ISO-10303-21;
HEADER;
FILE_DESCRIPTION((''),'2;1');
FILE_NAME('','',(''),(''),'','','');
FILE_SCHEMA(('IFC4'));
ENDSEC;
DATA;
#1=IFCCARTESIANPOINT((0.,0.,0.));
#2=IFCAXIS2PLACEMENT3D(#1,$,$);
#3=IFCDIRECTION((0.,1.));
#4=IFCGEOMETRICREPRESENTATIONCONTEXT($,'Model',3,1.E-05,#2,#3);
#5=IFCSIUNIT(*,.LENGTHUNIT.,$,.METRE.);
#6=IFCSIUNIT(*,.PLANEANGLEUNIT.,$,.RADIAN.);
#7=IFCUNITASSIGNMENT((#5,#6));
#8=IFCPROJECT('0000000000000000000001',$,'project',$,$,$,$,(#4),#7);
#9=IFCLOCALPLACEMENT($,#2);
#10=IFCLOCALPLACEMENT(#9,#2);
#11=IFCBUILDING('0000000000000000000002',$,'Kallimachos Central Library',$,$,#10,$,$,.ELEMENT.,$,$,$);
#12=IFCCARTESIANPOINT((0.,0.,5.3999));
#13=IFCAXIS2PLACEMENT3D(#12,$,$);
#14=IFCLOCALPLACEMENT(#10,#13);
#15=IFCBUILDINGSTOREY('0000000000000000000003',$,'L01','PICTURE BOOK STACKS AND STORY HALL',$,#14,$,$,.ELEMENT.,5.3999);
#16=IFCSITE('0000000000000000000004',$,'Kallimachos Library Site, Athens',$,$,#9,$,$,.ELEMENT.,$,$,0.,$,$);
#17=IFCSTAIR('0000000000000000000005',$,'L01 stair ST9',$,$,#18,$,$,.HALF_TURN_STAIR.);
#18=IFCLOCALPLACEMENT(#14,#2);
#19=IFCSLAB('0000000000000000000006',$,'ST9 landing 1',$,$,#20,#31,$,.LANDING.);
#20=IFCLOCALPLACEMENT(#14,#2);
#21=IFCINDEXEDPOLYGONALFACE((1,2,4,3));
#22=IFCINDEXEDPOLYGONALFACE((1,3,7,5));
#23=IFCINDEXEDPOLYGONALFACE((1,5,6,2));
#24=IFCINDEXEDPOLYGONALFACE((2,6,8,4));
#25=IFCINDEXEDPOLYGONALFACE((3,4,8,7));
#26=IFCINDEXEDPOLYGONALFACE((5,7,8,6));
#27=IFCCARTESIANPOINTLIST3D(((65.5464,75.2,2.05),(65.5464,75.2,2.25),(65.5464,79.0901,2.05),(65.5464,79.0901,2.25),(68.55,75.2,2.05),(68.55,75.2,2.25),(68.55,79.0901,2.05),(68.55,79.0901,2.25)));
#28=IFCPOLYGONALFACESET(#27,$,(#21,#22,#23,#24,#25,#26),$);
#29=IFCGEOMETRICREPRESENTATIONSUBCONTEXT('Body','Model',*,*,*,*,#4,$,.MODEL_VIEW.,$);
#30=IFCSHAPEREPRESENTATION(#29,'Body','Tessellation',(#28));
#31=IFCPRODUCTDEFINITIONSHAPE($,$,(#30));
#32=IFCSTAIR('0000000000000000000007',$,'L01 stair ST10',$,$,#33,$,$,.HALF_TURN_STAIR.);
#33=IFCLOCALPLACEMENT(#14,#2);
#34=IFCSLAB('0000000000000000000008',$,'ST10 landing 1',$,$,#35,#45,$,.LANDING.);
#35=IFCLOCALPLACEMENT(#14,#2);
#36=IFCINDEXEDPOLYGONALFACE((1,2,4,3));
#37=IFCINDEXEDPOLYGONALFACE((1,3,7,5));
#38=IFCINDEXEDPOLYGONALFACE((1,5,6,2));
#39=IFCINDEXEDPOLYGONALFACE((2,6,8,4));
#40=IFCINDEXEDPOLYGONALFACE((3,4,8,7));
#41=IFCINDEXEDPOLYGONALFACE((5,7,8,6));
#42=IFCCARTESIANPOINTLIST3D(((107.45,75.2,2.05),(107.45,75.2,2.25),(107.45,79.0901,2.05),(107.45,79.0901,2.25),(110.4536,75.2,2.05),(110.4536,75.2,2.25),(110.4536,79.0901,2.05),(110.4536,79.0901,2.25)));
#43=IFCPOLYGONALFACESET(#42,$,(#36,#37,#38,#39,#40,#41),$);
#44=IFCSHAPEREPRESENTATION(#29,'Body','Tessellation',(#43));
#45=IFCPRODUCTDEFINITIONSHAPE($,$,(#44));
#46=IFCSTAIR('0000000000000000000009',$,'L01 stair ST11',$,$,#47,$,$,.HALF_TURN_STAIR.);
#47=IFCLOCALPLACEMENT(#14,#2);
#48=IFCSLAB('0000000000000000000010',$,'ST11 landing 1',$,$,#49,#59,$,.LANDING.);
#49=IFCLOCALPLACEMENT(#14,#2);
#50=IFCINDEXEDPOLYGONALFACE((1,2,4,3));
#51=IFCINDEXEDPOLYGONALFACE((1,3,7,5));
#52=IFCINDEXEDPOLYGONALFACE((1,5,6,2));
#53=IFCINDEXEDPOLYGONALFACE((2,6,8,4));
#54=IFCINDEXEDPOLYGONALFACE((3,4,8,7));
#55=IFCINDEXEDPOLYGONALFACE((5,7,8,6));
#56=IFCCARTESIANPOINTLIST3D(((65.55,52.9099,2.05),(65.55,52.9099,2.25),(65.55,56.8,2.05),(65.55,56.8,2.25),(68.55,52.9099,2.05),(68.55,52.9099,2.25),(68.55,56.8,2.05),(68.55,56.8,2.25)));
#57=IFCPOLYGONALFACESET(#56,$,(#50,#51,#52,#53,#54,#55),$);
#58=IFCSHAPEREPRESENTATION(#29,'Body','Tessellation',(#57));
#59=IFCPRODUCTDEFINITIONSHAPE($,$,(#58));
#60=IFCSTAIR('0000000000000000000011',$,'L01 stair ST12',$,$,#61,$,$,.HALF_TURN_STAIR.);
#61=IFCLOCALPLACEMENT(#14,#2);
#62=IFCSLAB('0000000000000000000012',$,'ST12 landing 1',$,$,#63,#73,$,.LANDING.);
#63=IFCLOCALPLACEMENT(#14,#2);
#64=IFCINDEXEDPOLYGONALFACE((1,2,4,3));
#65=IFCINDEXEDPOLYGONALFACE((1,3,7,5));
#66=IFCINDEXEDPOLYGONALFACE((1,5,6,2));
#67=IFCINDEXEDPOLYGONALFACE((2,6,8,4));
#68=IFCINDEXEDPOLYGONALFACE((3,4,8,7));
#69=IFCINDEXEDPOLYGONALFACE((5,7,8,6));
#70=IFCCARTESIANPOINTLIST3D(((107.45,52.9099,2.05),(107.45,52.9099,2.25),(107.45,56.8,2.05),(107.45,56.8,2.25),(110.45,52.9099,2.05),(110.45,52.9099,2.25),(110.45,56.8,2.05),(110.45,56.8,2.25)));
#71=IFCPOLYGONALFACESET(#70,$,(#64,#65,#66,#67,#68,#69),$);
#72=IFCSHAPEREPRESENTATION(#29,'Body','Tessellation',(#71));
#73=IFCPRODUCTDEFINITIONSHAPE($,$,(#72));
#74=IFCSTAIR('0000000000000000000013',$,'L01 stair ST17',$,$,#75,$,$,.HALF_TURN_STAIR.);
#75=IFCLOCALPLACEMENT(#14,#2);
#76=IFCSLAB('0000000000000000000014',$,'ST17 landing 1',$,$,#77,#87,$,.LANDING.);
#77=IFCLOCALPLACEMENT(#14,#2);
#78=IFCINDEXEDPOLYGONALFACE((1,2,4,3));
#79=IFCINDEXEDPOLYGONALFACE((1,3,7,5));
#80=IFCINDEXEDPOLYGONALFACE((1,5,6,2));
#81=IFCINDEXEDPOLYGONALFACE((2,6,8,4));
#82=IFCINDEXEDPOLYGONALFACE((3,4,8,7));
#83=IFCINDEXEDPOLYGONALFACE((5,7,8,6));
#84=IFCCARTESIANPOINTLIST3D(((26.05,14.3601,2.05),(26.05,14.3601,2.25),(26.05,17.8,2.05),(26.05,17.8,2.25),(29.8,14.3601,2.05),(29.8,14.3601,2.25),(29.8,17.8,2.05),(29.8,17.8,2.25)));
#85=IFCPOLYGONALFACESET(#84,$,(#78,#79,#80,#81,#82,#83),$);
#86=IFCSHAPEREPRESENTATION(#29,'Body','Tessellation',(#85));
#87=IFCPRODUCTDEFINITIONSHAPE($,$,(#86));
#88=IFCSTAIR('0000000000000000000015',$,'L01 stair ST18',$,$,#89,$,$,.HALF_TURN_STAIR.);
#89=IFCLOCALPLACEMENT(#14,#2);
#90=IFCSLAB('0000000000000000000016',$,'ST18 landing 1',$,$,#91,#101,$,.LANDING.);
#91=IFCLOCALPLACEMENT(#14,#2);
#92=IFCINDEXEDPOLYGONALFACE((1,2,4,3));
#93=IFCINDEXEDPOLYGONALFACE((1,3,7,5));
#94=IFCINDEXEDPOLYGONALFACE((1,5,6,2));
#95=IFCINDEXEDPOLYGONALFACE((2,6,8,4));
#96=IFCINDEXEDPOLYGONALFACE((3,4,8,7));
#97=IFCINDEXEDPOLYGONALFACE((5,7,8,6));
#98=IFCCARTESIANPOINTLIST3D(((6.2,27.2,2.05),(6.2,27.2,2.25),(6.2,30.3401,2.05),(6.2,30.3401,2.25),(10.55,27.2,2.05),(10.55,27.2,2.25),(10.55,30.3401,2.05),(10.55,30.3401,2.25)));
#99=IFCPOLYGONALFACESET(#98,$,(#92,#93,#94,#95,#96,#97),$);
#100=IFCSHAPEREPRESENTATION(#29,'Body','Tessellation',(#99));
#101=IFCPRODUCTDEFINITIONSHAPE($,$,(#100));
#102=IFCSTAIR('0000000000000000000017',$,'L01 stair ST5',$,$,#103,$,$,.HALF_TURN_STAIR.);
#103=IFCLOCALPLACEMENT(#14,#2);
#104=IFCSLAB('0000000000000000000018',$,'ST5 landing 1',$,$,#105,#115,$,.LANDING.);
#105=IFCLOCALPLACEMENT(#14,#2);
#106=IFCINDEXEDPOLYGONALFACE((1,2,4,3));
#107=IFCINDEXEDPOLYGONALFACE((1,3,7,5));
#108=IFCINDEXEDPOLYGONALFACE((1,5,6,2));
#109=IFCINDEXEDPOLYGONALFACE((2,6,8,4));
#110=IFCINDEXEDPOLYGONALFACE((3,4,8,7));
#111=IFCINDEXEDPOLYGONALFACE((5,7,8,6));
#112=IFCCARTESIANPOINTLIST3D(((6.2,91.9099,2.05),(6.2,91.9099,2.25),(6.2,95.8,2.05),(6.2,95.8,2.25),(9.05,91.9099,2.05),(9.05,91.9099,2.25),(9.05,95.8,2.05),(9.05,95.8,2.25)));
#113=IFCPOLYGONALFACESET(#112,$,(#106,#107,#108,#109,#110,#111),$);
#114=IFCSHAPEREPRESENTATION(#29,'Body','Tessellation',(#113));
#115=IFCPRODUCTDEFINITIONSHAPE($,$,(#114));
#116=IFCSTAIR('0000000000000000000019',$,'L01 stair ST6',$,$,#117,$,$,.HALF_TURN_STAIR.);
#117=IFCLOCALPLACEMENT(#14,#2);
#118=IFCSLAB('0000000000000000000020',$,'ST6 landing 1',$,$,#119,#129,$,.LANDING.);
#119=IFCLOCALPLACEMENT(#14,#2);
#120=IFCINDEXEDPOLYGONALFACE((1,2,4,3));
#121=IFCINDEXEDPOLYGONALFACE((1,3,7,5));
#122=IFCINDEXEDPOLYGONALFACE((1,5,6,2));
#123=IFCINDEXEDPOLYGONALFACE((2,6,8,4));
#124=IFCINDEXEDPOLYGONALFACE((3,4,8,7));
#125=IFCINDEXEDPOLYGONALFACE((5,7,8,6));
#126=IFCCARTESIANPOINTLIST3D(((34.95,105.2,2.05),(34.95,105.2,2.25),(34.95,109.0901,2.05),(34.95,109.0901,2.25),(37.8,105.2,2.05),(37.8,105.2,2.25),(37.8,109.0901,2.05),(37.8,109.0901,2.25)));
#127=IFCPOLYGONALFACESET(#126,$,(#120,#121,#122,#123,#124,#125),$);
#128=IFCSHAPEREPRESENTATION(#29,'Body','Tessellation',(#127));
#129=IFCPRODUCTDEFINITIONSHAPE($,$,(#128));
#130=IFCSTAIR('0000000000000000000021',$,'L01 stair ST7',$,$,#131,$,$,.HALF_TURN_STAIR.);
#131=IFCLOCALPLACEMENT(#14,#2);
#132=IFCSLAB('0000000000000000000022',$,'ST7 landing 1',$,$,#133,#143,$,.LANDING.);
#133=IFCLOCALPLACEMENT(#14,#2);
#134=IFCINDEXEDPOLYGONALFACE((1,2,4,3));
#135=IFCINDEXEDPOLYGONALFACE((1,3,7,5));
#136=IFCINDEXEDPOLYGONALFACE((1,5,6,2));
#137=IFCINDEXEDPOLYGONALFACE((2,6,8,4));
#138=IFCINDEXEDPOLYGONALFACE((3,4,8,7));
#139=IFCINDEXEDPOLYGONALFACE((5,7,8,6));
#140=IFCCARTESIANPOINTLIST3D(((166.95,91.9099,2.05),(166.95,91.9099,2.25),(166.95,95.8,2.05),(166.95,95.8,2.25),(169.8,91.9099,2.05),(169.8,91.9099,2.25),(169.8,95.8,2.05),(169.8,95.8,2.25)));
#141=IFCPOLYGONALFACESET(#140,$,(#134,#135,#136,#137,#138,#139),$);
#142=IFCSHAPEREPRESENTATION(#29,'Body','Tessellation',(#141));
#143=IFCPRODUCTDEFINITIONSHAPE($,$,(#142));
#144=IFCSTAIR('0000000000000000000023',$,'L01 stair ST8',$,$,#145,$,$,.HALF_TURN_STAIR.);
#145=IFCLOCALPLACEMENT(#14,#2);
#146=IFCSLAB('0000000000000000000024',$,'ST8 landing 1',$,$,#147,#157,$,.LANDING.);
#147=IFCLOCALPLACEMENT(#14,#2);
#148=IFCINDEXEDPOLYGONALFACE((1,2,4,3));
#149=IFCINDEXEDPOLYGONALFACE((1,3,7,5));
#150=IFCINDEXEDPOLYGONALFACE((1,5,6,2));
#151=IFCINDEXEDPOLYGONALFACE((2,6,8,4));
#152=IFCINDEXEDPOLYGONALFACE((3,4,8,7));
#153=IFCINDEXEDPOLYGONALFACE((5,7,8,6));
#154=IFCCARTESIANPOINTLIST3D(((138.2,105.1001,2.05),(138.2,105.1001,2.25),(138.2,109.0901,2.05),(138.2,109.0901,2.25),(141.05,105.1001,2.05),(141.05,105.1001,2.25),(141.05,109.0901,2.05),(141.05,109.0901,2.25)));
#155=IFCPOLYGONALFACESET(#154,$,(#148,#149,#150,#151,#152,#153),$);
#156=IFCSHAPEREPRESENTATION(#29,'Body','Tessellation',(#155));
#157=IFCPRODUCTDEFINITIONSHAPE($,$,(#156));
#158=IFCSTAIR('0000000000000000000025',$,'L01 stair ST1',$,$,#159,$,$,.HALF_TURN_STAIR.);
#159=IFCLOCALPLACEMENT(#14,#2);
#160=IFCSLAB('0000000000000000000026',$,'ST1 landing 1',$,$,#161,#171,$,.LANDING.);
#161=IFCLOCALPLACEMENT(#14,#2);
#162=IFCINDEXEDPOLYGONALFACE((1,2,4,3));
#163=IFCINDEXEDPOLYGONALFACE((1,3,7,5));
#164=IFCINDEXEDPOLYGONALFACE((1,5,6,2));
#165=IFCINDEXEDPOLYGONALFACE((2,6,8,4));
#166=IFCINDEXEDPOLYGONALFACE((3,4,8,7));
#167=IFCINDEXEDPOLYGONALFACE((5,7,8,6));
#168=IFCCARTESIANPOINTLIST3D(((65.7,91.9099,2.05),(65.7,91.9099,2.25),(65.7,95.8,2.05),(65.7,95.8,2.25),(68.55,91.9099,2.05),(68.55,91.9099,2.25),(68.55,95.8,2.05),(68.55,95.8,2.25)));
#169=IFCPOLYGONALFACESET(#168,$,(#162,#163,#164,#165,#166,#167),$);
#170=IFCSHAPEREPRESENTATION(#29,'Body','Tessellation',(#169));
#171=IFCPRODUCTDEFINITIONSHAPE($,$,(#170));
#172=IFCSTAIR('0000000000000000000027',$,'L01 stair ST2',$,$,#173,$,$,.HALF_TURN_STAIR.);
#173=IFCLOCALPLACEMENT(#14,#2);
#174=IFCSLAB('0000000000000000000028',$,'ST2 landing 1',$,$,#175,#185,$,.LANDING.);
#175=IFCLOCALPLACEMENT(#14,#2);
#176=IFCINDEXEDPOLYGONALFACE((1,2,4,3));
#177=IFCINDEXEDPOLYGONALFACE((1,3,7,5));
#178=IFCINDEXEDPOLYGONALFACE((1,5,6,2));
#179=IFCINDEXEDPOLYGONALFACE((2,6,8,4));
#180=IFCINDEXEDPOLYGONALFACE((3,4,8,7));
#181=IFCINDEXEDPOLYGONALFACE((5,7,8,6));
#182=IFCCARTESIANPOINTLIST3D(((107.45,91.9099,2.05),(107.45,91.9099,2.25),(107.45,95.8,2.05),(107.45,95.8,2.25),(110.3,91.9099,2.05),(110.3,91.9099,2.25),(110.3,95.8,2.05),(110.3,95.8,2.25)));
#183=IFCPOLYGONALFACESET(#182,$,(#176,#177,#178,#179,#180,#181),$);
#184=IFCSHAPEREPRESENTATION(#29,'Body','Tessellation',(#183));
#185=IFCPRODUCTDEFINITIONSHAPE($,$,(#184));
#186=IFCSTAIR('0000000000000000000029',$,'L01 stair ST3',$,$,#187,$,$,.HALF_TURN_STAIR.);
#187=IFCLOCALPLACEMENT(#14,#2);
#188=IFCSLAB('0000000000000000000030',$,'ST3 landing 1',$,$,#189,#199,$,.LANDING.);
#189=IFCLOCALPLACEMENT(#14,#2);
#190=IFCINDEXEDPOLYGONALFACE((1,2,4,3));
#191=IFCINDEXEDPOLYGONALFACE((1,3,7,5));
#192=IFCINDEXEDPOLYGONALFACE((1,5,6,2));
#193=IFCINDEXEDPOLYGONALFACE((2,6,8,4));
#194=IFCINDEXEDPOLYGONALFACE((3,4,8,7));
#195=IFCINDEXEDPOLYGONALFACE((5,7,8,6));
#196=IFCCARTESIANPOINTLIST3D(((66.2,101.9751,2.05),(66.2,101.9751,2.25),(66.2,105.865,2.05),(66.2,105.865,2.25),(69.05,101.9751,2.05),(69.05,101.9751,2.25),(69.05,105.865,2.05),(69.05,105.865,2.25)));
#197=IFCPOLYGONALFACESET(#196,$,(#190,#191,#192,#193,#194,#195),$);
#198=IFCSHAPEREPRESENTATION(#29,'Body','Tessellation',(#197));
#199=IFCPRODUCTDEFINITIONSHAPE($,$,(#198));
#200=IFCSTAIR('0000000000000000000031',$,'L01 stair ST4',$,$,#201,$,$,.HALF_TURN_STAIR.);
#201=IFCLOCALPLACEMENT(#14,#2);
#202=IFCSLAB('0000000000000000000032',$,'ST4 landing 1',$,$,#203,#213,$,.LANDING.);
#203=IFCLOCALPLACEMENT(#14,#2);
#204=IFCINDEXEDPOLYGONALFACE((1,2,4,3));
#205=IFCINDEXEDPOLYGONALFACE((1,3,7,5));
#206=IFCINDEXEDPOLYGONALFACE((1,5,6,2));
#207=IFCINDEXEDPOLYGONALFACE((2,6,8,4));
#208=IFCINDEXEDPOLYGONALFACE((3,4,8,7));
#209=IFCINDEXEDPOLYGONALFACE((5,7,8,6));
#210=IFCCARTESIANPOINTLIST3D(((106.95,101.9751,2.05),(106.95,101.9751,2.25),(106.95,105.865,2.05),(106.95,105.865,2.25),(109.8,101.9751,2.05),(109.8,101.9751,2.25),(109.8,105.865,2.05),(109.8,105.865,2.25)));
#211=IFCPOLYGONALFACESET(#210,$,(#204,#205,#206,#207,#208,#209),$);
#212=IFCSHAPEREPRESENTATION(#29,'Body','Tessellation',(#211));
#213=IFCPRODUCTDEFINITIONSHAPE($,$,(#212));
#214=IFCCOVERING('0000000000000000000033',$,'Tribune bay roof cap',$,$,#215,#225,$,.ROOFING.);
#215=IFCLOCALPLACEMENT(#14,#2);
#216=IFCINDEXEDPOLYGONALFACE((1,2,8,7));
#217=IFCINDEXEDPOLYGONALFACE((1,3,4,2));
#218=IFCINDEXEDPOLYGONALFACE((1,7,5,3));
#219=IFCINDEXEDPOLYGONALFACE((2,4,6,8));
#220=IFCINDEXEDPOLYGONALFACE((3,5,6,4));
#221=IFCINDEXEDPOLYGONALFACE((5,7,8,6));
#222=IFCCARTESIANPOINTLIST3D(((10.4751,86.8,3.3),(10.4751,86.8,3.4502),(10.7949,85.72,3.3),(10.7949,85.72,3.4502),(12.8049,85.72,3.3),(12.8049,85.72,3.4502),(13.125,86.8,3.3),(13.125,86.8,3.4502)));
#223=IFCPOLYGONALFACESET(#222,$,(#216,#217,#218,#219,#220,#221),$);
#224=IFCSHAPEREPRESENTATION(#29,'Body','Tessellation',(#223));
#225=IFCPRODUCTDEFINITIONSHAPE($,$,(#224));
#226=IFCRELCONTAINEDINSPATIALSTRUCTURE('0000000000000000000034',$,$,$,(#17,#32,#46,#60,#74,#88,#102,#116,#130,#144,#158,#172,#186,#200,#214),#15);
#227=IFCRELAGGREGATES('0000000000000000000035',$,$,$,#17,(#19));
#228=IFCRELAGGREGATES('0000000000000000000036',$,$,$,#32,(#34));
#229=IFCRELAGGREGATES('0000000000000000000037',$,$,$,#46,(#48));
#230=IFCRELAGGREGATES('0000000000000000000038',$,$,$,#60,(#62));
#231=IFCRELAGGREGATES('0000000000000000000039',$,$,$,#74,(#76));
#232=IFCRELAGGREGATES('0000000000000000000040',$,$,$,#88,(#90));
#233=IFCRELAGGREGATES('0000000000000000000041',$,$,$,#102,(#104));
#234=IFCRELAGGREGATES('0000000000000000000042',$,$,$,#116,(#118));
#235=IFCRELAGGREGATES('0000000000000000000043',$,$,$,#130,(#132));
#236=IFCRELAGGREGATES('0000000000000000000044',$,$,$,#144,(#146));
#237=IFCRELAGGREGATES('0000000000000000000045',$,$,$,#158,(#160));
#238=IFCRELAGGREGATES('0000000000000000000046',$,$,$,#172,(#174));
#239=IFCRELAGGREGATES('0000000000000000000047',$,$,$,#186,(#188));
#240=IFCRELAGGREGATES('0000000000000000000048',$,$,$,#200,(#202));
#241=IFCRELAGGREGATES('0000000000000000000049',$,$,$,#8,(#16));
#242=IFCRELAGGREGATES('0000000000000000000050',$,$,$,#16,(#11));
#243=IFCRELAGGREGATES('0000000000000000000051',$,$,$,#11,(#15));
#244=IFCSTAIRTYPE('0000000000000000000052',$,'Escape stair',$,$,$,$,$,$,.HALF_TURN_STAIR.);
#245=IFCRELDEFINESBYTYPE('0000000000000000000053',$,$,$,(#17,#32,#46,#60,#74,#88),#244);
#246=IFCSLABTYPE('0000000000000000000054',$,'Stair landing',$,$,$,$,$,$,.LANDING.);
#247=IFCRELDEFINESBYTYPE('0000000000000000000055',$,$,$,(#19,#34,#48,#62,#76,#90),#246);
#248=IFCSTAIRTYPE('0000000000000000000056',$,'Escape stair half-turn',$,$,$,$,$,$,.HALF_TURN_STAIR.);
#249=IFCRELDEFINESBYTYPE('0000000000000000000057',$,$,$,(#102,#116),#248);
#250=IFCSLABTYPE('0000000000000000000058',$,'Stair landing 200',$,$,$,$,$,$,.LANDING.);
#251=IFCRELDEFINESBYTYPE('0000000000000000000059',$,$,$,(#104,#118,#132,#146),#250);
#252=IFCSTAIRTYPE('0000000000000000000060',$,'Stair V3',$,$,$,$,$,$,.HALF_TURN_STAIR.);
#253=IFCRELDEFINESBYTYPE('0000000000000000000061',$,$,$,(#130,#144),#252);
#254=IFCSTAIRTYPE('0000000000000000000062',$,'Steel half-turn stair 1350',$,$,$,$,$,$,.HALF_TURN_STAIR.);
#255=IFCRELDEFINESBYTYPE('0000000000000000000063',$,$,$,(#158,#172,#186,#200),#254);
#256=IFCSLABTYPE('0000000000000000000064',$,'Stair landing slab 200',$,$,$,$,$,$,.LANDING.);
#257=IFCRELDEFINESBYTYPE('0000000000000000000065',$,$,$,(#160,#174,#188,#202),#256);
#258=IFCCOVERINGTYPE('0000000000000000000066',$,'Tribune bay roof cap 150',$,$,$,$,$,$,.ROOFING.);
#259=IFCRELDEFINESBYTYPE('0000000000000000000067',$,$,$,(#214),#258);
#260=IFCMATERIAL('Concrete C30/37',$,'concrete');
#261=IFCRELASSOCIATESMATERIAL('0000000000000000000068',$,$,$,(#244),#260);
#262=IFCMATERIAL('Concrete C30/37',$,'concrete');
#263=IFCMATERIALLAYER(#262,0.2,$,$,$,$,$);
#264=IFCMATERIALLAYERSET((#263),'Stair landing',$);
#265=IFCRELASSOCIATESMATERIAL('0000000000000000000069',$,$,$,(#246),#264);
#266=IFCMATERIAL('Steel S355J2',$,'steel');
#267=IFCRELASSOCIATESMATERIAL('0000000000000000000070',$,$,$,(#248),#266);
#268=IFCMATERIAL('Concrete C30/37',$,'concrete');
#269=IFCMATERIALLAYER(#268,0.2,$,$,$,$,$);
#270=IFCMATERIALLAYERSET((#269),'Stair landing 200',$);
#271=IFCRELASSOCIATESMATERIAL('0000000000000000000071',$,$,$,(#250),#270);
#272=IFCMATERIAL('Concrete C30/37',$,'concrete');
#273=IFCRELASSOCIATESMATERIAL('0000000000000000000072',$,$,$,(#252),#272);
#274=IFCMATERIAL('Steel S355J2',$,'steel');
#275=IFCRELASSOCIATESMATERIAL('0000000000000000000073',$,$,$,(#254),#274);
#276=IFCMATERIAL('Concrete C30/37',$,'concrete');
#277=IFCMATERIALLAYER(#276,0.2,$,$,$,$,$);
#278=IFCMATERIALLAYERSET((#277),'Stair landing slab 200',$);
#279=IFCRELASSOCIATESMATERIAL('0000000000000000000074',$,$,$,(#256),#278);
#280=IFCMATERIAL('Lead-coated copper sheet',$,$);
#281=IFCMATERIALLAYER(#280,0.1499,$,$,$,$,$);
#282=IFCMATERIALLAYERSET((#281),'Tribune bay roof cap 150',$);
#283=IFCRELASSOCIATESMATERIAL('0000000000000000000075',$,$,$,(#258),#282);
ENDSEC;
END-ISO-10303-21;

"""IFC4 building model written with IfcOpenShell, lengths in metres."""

from ifc_helpers import new_model, si_unit, direction, frame, origin, place, context, subcontext, project, spatial, polyline, outline, extrude, material, layer, layer_set, type_object, element, aggregate, save


model = new_model("IFC4")

# Units and contexts
model_context = context("Model", 3, precision=1e-05, world=origin(), true_north=direction((0.0, 1.0)))
body_context = subcontext(model_context, "Body", "Model", "MODEL_VIEW")
ifc_project = project(units=[si_unit("LENGTHUNIT", "METRE"), si_unit("PLANEANGLEUNIT", "RADIAN")], contexts=[model_context])

# Site, building, storey
site_placement = place(None, origin())
site = spatial("IfcSite", under=ifc_project, at=site_placement, Name="Kallimachos Library Site, Athens", CompositionType="ELEMENT", RefElevation=0.0)
building_placement = place(site_placement, origin())
building = spatial("IfcBuilding", under=site, at=building_placement, Name="Kallimachos Central Library", CompositionType="ELEMENT")
storey_placement = place(building_placement, frame((0.0, 0.0, 5.3999)))
storey = spatial("IfcBuildingStorey", under=building, at=storey_placement, Name="L01", Description="PICTURE BOOK STACKS AND STORY HALL", CompositionType="ELEMENT", Elevation=5.3999)

# Stairs, slabs
ifc_material_1 = material(Name="Concrete C30/37", Category="concrete")
stair_type_1 = type_object("IfcStairType", Name="Escape stair", PredefinedType="HALF_TURN_STAIR", material=ifc_material_1)
stair_1_placement = place(storey_placement, origin())
stair_1 = element("IfcStair", 1, at=stair_1_placement, inside=storey, type_object=stair_type_1, Name="L01 stair ST9", PredefinedType="HALF_TURN_STAIR")
ifc_material_2 = material(Name="Concrete C30/37", Category="concrete")
ifc_layer_1 = layer(ifc_material_2, 0.2)
ifc_layer_set_1 = layer_set([ifc_layer_1], Name="Stair landing")
slab_type_1 = type_object("IfcSlabType", Name="Stair landing", PredefinedType="LANDING", material=ifc_layer_set_1)
slab_1_placement = place(storey_placement, frame((0.0, 0.0, 2.05)))
slab_1 = element("IfcSlab", 2, at=slab_1_placement, type_object=slab_type_1, Name="ST9 landing 1", PredefinedType="LANDING", context=body_context, shape_type="SweptSolid", body=[
    extrude(outline(polyline([(65.5464, 75.2), (68.55, 75.2), (68.55, 79.0901), (65.5464, 79.0901), (65.5464, 75.2)])), origin(), (0.0, 0.0, 1.0), 0.2),
])
aggregate(stair_1, [slab_1])
stair_2_placement = place(storey_placement, origin())
stair_2 = element("IfcStair", 3, at=stair_2_placement, inside=storey, type_object=stair_type_1, Name="L01 stair ST10", PredefinedType="HALF_TURN_STAIR")
slab_2_placement = place(storey_placement, frame((0.0, 0.0, 2.05)))
slab_2 = element("IfcSlab", 4, at=slab_2_placement, type_object=slab_type_1, Name="ST10 landing 1", PredefinedType="LANDING", context=body_context, shape_type="SweptSolid", body=[
    extrude(outline(polyline([(107.45, 75.2), (110.4536, 75.2), (110.4536, 79.0901), (107.45, 79.0901), (107.45, 75.2)])), origin(), (0.0, 0.0, 1.0), 0.2),
])
aggregate(stair_2, [slab_2])
stair_3_placement = place(storey_placement, origin())
stair_3 = element("IfcStair", 5, at=stair_3_placement, inside=storey, type_object=stair_type_1, Name="L01 stair ST11", PredefinedType="HALF_TURN_STAIR")
slab_3_placement = place(storey_placement, frame((0.0, 0.0, 2.05)))
slab_3 = element("IfcSlab", 6, at=slab_3_placement, type_object=slab_type_1, Name="ST11 landing 1", PredefinedType="LANDING", context=body_context, shape_type="SweptSolid", body=[
    extrude(outline(polyline([(65.55, 52.9099), (68.55, 52.9099), (68.55, 56.8), (65.55, 56.8), (65.55, 52.9099)])), origin(), (0.0, 0.0, 1.0), 0.2),
])
aggregate(stair_3, [slab_3])
stair_4_placement = place(storey_placement, origin())
stair_4 = element("IfcStair", 7, at=stair_4_placement, inside=storey, type_object=stair_type_1, Name="L01 stair ST12", PredefinedType="HALF_TURN_STAIR")
slab_4_placement = place(storey_placement, frame((0.0, 0.0, 2.05)))
slab_4 = element("IfcSlab", 8, at=slab_4_placement, type_object=slab_type_1, Name="ST12 landing 1", PredefinedType="LANDING", context=body_context, shape_type="SweptSolid", body=[
    extrude(outline(polyline([(107.45, 52.9099), (110.45, 52.9099), (110.45, 56.8), (107.45, 56.8), (107.45, 52.9099)])), origin(), (0.0, 0.0, 1.0), 0.2),
])
aggregate(stair_4, [slab_4])
stair_5_placement = place(storey_placement, origin())
stair_5 = element("IfcStair", 9, at=stair_5_placement, inside=storey, type_object=stair_type_1, Name="L01 stair ST17", PredefinedType="HALF_TURN_STAIR")
slab_5_placement = place(storey_placement, frame((0.0, 0.0, 2.05)))
slab_5 = element("IfcSlab", 10, at=slab_5_placement, type_object=slab_type_1, Name="ST17 landing 1", PredefinedType="LANDING", context=body_context, shape_type="SweptSolid", body=[
    extrude(outline(polyline([(29.8, 14.3601), (29.8, 17.8), (26.05, 17.8), (26.05, 14.3601), (29.8, 14.3601)])), origin(), (0.0, 0.0, 1.0), 0.2),
])
aggregate(stair_5, [slab_5])
stair_6_placement = place(storey_placement, origin())
stair_6 = element("IfcStair", 11, at=stair_6_placement, inside=storey, type_object=stair_type_1, Name="L01 stair ST18", PredefinedType="HALF_TURN_STAIR")
slab_6_placement = place(storey_placement, frame((0.0, 0.0, 2.05)))
slab_6 = element("IfcSlab", 12, at=slab_6_placement, type_object=slab_type_1, Name="ST18 landing 1", PredefinedType="LANDING", context=body_context, shape_type="SweptSolid", body=[
    extrude(outline(polyline([(6.2, 30.3401), (6.2, 27.2), (10.55, 27.2), (10.55, 30.3401), (6.2, 30.3401)])), origin(), (0.0, 0.0, 1.0), 0.2),
])
aggregate(stair_6, [slab_6])
ifc_material_3 = material(Name="Steel S355J2", Category="steel")
stair_type_2 = type_object("IfcStairType", Name="Escape stair half-turn", PredefinedType="HALF_TURN_STAIR", material=ifc_material_3)
stair_7_placement = place(storey_placement, origin())
stair_7 = element("IfcStair", 13, at=stair_7_placement, inside=storey, type_object=stair_type_2, Name="L01 stair ST5", PredefinedType="HALF_TURN_STAIR")
ifc_material_4 = material(Name="Concrete C30/37", Category="concrete")
ifc_layer_2 = layer(ifc_material_4, 0.2)
ifc_layer_set_2 = layer_set([ifc_layer_2], Name="Stair landing 200")
slab_type_2 = type_object("IfcSlabType", Name="Stair landing 200", PredefinedType="LANDING", material=ifc_layer_set_2)
slab_7_placement = place(storey_placement, frame((0.0, 0.0, 2.05)))
slab_7 = element("IfcSlab", 14, at=slab_7_placement, type_object=slab_type_2, Name="ST5 landing 1", PredefinedType="LANDING", context=body_context, shape_type="SweptSolid", body=[
    extrude(outline(polyline([(9.05, 91.9099), (9.05, 95.8), (6.2, 95.8), (6.2, 91.9099), (9.05, 91.9099)])), origin(), (0.0, 0.0, 1.0), 0.2),
])
aggregate(stair_7, [slab_7])
stair_8_placement = place(storey_placement, origin())
stair_8 = element("IfcStair", 15, at=stair_8_placement, inside=storey, type_object=stair_type_2, Name="L01 stair ST6", PredefinedType="HALF_TURN_STAIR")
slab_8_placement = place(storey_placement, frame((0.0, 0.0, 2.05)))
slab_8 = element("IfcSlab", 16, at=slab_8_placement, type_object=slab_type_2, Name="ST6 landing 1", PredefinedType="LANDING", context=body_context, shape_type="SweptSolid", body=[
    extrude(outline(polyline([(34.95, 109.0901), (34.95, 105.2), (37.8, 105.2), (37.8, 109.0901), (34.95, 109.0901)])), origin(), (0.0, 0.0, 1.0), 0.2),
])
aggregate(stair_8, [slab_8])
ifc_material_5 = material(Name="Concrete C30/37", Category="concrete")
stair_type_3 = type_object("IfcStairType", Name="Stair V3", PredefinedType="HALF_TURN_STAIR", material=ifc_material_5)
stair_9_placement = place(storey_placement, origin())
stair_9 = element("IfcStair", 17, at=stair_9_placement, inside=storey, type_object=stair_type_3, Name="L01 stair ST7", PredefinedType="HALF_TURN_STAIR")
slab_9_placement = place(storey_placement, frame((0.0, 0.0, 2.05)))
slab_9 = element("IfcSlab", 18, at=slab_9_placement, type_object=slab_type_2, Name="ST7 landing 1", PredefinedType="LANDING", context=body_context, shape_type="SweptSolid", body=[
    extrude(outline(polyline([(169.8, 91.9099), (169.8, 95.8), (166.95, 95.8), (166.95, 91.9099), (169.8, 91.9099)])), origin(), (0.0, 0.0, 1.0), 0.2),
])
aggregate(stair_9, [slab_9])
stair_10_placement = place(storey_placement, origin())
stair_10 = element("IfcStair", 19, at=stair_10_placement, inside=storey, type_object=stair_type_3, Name="L01 stair ST8", PredefinedType="HALF_TURN_STAIR")
slab_10_placement = place(storey_placement, frame((0.0, 0.0, 2.05)))
slab_10 = element("IfcSlab", 20, at=slab_10_placement, type_object=slab_type_2, Name="ST8 landing 1", PredefinedType="LANDING", context=body_context, shape_type="SweptSolid", body=[
    extrude(outline(polyline([(138.2, 105.1001), (141.05, 105.1001), (141.05, 109.0901), (138.2, 109.0901), (138.2, 105.1001)])), origin(), (0.0, 0.0, 1.0), 0.2),
])
aggregate(stair_10, [slab_10])
ifc_material_6 = material(Name="Steel S355J2", Category="steel")
stair_type_4 = type_object("IfcStairType", Name="Steel half-turn stair 1350", PredefinedType="HALF_TURN_STAIR", material=ifc_material_6)
stair_11_placement = place(storey_placement, origin())
stair_11 = element("IfcStair", 21, at=stair_11_placement, inside=storey, type_object=stair_type_4, Name="L01 stair ST1", PredefinedType="HALF_TURN_STAIR")
ifc_material_7 = material(Name="Concrete C30/37", Category="concrete")
ifc_layer_3 = layer(ifc_material_7, 0.2)
ifc_layer_set_3 = layer_set([ifc_layer_3], Name="Stair landing slab 200")
slab_type_3 = type_object("IfcSlabType", Name="Stair landing slab 200", PredefinedType="LANDING", material=ifc_layer_set_3)
slab_11_placement = place(storey_placement, frame((0.0, 0.0, 2.05)))
slab_11 = element("IfcSlab", 22, at=slab_11_placement, type_object=slab_type_3, Name="ST1 landing 1", PredefinedType="LANDING", context=body_context, shape_type="SweptSolid", body=[
    extrude(outline(polyline([(68.55, 91.9099), (68.55, 95.8), (65.7, 95.8), (65.7, 91.9099), (68.55, 91.9099)])), origin(), (0.0, 0.0, 1.0), 0.2),
])
aggregate(stair_11, [slab_11])
stair_12_placement = place(storey_placement, origin())
stair_12 = element("IfcStair", 23, at=stair_12_placement, inside=storey, type_object=stair_type_4, Name="L01 stair ST2", PredefinedType="HALF_TURN_STAIR")
slab_12_placement = place(storey_placement, frame((0.0, 0.0, 2.05)))
slab_12 = element("IfcSlab", 24, at=slab_12_placement, type_object=slab_type_3, Name="ST2 landing 1", PredefinedType="LANDING", context=body_context, shape_type="SweptSolid", body=[
    extrude(outline(polyline([(110.3, 91.9099), (110.3, 95.8), (107.45, 95.8), (107.45, 91.9099), (110.3, 91.9099)])), origin(), (0.0, 0.0, 1.0), 0.2),
])
aggregate(stair_12, [slab_12])
stair_13_placement = place(storey_placement, origin())
stair_13 = element("IfcStair", 25, at=stair_13_placement, inside=storey, type_object=stair_type_4, Name="L01 stair ST3", PredefinedType="HALF_TURN_STAIR")
slab_13_placement = place(storey_placement, frame((0.0, 0.0, 2.05)))
slab_13 = element("IfcSlab", 26, at=slab_13_placement, type_object=slab_type_3, Name="ST3 landing 1", PredefinedType="LANDING", context=body_context, shape_type="SweptSolid", body=[
    extrude(outline(polyline([(66.2, 105.865), (66.2, 101.9751), (69.05, 101.9751), (69.05, 105.865), (66.2, 105.865)])), origin(), (0.0, 0.0, 1.0), 0.2),
])
aggregate(stair_13, [slab_13])
stair_14_placement = place(storey_placement, origin())
stair_14 = element("IfcStair", 27, at=stair_14_placement, inside=storey, type_object=stair_type_4, Name="L01 stair ST4", PredefinedType="HALF_TURN_STAIR")
slab_14_placement = place(storey_placement, frame((0.0, 0.0, 2.05)))
slab_14 = element("IfcSlab", 28, at=slab_14_placement, type_object=slab_type_3, Name="ST4 landing 1", PredefinedType="LANDING", context=body_context, shape_type="SweptSolid", body=[
    extrude(outline(polyline([(106.95, 105.865), (106.95, 101.9751), (109.8, 101.9751), (109.8, 105.865), (106.95, 105.865)])), origin(), (0.0, 0.0, 1.0), 0.2),
])
aggregate(stair_14, [slab_14])

# Covering
ifc_material_8 = material(Name="Lead-coated copper sheet")
ifc_layer_4 = layer(ifc_material_8, 0.1499)
ifc_layer_set_4 = layer_set([ifc_layer_4], Name="Tribune bay roof cap 150")
covering_type = type_object("IfcCoveringType", Name="Tribune bay roof cap 150", PredefinedType="ROOFING", material=ifc_layer_set_4)
covering_1_placement = place(storey_placement, frame((0.0, 0.0, 3.3)))
element("IfcCovering", 29, at=covering_1_placement, inside=storey, type_object=covering_type, Name="Tribune bay roof cap", PredefinedType="ROOFING", context=body_context, shape_type="SweptSolid", body=[
    extrude(outline(polyline([(10.4751, 86.8), (13.125, 86.8), (12.8049, 85.72), (10.7949, 85.72), (10.4751, 86.8)])), origin(), (0.0, 0.0, 1.0), 0.1501),
])

save(model, "model.ifc")
